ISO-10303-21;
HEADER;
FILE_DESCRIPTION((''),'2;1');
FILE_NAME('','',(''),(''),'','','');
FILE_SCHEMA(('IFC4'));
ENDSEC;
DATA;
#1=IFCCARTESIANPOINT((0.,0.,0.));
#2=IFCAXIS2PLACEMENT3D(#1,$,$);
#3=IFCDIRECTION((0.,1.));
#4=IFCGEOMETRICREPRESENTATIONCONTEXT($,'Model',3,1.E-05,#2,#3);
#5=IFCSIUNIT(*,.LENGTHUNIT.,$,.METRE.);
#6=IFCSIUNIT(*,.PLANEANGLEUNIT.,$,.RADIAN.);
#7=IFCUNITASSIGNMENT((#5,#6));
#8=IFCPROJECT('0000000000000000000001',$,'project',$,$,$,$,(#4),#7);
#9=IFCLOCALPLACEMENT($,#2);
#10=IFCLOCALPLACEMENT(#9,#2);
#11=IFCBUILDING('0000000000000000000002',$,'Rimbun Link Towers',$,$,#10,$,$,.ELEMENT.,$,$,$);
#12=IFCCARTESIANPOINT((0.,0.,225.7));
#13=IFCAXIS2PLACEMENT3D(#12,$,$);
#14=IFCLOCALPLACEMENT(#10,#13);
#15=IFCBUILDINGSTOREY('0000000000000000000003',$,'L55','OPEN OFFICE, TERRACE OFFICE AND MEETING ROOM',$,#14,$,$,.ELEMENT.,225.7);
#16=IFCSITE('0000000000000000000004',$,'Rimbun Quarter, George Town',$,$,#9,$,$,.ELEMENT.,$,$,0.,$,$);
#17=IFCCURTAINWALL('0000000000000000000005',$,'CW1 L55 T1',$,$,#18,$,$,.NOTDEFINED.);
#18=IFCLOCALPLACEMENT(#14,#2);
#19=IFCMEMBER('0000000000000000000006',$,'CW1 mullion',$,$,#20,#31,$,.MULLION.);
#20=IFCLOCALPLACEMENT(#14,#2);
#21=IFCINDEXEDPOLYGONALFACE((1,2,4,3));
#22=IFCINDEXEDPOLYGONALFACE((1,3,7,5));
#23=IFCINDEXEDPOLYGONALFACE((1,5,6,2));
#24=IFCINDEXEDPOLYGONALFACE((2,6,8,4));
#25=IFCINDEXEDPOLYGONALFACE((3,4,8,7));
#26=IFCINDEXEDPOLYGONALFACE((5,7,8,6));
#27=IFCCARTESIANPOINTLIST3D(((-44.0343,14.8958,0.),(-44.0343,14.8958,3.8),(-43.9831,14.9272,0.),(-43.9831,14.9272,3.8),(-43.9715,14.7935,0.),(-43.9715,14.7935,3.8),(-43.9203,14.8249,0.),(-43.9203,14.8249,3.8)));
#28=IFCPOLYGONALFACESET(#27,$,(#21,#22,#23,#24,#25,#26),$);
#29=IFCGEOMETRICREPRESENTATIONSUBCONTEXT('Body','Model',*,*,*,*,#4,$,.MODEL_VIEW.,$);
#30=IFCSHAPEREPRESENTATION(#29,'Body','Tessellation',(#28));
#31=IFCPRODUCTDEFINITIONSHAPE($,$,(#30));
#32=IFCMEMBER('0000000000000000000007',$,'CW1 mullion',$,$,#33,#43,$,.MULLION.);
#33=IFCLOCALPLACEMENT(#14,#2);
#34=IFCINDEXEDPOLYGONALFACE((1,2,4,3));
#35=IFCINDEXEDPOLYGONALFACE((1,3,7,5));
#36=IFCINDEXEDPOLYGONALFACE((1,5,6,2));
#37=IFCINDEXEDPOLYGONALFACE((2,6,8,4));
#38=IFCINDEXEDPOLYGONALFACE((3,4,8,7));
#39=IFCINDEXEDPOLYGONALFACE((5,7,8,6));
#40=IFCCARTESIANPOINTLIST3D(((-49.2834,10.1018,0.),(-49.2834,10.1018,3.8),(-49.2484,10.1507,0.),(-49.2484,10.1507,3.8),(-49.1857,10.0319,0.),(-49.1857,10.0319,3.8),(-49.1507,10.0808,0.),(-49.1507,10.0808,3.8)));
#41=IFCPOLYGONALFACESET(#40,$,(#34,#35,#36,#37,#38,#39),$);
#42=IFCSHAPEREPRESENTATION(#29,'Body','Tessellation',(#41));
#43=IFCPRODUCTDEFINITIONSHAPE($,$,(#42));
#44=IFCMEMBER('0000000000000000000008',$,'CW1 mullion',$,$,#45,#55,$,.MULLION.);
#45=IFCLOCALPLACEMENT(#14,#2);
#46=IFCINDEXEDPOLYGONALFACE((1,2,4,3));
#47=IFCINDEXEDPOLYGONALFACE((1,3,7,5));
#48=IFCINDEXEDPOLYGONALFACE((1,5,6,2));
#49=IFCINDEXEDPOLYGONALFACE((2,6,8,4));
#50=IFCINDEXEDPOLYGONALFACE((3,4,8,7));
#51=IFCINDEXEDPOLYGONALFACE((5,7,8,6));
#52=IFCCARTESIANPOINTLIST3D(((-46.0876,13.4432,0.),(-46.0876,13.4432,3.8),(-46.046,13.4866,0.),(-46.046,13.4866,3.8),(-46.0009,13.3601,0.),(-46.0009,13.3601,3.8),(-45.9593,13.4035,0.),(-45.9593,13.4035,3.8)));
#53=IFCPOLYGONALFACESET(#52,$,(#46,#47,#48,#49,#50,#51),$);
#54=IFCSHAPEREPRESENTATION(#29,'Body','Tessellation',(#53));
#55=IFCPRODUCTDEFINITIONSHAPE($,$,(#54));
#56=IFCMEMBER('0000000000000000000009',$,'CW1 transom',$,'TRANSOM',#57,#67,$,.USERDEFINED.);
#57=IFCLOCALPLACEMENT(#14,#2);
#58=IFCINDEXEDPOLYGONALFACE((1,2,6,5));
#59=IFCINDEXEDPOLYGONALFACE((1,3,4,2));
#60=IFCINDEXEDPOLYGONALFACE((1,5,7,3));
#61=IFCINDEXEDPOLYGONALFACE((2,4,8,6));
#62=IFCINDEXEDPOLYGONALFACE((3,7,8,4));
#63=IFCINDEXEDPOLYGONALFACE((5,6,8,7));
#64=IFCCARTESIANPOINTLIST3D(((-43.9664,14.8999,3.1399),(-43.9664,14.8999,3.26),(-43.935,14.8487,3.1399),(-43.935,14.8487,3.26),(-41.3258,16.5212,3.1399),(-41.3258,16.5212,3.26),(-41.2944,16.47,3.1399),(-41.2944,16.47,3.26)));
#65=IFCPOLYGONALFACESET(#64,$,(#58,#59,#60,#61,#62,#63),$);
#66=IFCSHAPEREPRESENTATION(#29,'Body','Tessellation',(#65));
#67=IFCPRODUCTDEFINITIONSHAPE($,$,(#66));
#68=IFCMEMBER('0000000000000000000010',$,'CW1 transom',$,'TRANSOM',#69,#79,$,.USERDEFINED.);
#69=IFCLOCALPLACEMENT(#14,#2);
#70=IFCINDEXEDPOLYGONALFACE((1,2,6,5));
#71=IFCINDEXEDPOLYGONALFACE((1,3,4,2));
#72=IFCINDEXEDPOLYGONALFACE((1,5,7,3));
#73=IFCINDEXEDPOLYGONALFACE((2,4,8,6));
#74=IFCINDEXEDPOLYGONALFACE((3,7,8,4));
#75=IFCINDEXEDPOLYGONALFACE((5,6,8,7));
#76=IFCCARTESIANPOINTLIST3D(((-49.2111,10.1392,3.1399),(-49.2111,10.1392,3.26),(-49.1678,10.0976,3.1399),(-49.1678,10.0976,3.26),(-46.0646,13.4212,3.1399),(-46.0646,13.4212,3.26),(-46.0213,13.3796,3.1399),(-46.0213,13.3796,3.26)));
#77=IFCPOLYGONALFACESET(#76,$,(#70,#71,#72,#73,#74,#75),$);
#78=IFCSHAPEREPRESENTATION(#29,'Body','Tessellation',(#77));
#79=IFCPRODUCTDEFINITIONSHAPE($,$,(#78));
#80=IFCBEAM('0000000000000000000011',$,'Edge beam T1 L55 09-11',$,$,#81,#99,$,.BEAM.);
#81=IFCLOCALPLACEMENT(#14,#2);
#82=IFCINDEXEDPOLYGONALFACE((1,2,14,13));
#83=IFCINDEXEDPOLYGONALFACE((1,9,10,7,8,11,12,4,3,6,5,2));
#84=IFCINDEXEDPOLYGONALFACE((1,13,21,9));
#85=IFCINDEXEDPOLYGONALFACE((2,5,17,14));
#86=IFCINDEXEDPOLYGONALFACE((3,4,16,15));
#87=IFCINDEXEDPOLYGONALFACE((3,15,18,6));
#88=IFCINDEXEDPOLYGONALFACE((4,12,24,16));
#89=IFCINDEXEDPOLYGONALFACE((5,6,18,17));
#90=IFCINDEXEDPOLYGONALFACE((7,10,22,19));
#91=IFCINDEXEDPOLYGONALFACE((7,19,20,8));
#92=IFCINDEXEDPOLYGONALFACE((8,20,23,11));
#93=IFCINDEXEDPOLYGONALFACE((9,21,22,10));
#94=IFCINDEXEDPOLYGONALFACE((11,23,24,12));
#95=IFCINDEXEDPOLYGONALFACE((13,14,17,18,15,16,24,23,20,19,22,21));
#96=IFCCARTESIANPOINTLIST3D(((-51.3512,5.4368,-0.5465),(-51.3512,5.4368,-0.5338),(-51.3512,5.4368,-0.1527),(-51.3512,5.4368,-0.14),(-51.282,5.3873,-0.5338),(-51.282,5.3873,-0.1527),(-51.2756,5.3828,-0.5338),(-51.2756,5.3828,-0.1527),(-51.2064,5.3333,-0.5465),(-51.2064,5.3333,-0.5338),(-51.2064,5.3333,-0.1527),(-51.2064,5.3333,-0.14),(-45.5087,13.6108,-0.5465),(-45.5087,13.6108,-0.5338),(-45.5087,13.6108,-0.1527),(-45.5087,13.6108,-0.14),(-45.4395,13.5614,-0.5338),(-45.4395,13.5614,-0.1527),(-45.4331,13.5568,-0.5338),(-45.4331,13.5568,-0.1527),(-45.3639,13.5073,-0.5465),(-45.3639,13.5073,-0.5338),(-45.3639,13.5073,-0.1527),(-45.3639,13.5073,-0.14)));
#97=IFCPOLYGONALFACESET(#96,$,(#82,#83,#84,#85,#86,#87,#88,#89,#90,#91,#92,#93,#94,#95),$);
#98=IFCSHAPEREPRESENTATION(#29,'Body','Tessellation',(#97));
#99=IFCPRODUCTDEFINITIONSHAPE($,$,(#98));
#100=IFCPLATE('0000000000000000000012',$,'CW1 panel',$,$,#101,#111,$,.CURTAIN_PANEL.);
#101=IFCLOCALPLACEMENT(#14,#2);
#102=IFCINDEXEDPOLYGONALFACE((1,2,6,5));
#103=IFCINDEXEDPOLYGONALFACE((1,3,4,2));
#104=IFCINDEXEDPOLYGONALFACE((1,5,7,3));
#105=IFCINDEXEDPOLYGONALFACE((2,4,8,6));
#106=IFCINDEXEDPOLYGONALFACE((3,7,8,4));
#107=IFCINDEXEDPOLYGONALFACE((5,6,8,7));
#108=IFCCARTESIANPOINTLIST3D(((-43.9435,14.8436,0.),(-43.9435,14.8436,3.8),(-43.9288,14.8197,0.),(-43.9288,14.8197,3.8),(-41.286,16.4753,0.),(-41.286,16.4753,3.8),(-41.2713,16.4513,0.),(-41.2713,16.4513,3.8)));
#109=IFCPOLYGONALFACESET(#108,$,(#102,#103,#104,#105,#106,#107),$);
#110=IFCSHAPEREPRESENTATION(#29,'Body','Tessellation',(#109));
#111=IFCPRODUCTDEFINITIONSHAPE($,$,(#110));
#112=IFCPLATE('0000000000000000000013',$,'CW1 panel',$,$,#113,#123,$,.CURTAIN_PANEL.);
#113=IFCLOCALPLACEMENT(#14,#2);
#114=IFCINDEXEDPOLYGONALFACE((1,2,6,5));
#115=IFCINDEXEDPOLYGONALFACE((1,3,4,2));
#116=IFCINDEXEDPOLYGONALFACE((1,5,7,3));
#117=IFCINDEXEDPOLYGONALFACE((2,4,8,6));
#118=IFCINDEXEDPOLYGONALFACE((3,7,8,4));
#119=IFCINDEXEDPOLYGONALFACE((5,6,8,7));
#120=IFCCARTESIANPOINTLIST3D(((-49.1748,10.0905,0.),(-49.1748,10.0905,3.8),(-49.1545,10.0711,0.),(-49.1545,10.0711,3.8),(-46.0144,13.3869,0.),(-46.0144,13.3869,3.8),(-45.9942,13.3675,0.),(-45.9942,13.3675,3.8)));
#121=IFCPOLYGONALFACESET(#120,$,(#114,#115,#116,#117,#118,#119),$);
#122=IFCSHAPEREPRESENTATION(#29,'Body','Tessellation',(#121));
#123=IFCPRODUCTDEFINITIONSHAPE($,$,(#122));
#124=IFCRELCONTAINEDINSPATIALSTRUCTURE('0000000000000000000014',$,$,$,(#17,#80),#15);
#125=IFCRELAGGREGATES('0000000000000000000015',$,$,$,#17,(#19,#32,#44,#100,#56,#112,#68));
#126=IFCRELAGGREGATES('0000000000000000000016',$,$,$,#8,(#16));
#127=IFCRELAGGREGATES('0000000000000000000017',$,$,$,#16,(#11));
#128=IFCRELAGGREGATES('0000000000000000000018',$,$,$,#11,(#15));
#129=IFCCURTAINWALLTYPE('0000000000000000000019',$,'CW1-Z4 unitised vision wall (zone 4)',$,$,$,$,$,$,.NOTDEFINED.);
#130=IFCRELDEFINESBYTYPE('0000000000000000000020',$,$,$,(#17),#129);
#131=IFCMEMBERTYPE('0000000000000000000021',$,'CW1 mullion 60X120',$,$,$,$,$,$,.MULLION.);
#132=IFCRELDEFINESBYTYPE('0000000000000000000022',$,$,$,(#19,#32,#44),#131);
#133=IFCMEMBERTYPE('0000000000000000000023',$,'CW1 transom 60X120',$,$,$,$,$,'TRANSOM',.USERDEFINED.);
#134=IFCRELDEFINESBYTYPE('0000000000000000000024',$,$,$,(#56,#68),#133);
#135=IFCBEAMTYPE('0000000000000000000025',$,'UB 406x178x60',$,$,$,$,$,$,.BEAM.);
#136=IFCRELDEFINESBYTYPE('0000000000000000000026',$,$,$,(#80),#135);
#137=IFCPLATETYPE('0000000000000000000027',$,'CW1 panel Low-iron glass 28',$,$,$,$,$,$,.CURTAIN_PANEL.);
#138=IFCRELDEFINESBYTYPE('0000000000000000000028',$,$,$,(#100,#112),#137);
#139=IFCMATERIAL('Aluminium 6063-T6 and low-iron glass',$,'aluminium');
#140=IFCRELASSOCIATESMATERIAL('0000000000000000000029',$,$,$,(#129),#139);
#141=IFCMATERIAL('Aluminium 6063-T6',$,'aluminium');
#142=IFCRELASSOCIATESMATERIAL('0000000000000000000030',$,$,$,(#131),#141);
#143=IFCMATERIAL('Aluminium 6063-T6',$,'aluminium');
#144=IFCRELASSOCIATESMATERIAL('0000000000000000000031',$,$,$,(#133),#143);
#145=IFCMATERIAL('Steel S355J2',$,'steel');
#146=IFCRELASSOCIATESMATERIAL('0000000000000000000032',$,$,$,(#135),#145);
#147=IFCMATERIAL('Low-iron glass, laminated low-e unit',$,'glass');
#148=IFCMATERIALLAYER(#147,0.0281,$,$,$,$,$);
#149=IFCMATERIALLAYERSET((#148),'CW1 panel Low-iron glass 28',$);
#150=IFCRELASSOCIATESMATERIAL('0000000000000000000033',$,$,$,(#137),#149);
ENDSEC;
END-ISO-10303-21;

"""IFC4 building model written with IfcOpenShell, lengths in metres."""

from ifc_helpers import new_model, si_unit, direction, frame, origin, origin_2d, place, context, subcontext, project, spatial, rectangle, i_section, extrude, material, layer, layer_set, material_profile, profile_set, type_object, element, aggregate, save


model = new_model("IFC4")

# Units and contexts
model_context = context("Model", 3, precision=1e-05, world=origin(), true_north=direction((0.0, 1.0)))
body_context = subcontext(model_context, "Body", "Model", "MODEL_VIEW")
ifc_project = project(units=[si_unit("LENGTHUNIT", "METRE"), si_unit("PLANEANGLEUNIT", "RADIAN")], contexts=[model_context])

# Site, building, storey
site_placement = place(None, origin())
site = spatial("IfcSite", under=ifc_project, at=site_placement, Name="Rimbun Quarter, George Town", CompositionType="ELEMENT", RefElevation=0.0)
building_placement = place(site_placement, origin())
building = spatial("IfcBuilding", under=site, at=building_placement, Name="Rimbun Link Towers", CompositionType="ELEMENT")
storey_placement = place(building_placement, frame((0.0, 0.0, 225.7)))
storey = spatial("IfcBuildingStorey", under=building, at=storey_placement, Name="L55", Description="OPEN OFFICE, TERRACE OFFICE AND MEETING ROOM", CompositionType="ELEMENT", Elevation=225.7)

# Curtain wall, members
ifc_material_1 = material(Name="Aluminium 6063-T6 and low-iron glass", Category="aluminium")
curtain_wall_type = type_object("IfcCurtainWallType", Name="CW1-Z4 unitised vision wall (zone 4)", PredefinedType="NOTDEFINED", material=ifc_material_1)
curtain_wall_placement = place(storey_placement, origin())
curtain_wall = element("IfcCurtainWall", 1, at=curtain_wall_placement, inside=storey, type_object=curtain_wall_type, Name="CW1 L55 T1", PredefinedType="NOTDEFINED")
ifc_material_2 = material(Name="Aluminium 6063-T6", Category="aluminium")
ifc_material_profile_1 = material_profile(ifc_material_2, rectangle(XDim=0.1201, YDim=0.0601, at=origin_2d()), Name="MULLION 60X120")
ifc_profile_set_1 = profile_set([ifc_material_profile_1], Name="Aluminium 6063-T6")
member_type_1 = type_object("IfcMemberType", Name="CW1 mullion 60X120", PredefinedType="MULLION", material=ifc_profile_set_1)
member_1_placement = place(storey_placement, frame((-43.9773, 14.8604, 0.0), z_axis=(0.0, 0.0, 1.0), x_axis=(-0.523237, 0.852187, 0.0)))
member_1 = element("IfcMember", 2, at=member_1_placement, type_object=member_type_1, Name="CW1 mullion", PredefinedType="MULLION", context=body_context, shape_type="SweptSolid", body=[
    extrude(rectangle(XDim=0.1201, YDim=0.0601, at=origin_2d()), origin(), (0.0, 0.0, 1.0), 3.8),
])
member_2_placement = place(storey_placement, frame((-49.217, 10.0913, 0.0), z_axis=(0.0, 0.0, 1.0), x_axis=(-0.813354, 0.58177, 0.0)))
member_2 = element("IfcMember", 3, at=member_2_placement, type_object=member_type_1, Name="CW1 mullion", PredefinedType="MULLION", context=body_context, shape_type="SweptSolid", body=[
    extrude(rectangle(XDim=0.1201, YDim=0.0601, at=origin_2d()), origin(), (0.0, 0.0, 1.0), 3.8),
])
member_3_placement = place(storey_placement, frame((-46.0234, 13.4233, 0.0), z_axis=(0.0, 0.0, 1.0), x_axis=(-0.721853, 0.692046, 0.0)))
member_3 = element("IfcMember", 4, at=member_3_placement, type_object=member_type_1, Name="CW1 mullion", PredefinedType="MULLION", context=body_context, shape_type="SweptSolid", body=[
    extrude(rectangle(XDim=0.1201, YDim=0.0601, at=origin_2d()), origin(), (0.0, 0.0, 1.0), 3.8),
])
ifc_material_3 = material(Name="Aluminium 6063-T6", Category="aluminium")
ifc_material_profile_2 = material_profile(ifc_material_3, rectangle(XDim=0.0601, YDim=0.1201, at=origin_2d()), Name="TRANSOM 60X120")
ifc_profile_set_2 = profile_set([ifc_material_profile_2], Name="Aluminium 6063-T6")
member_type_2 = type_object("IfcMemberType", Name="CW1 transom 60X120", ElementType="TRANSOM", PredefinedType="USERDEFINED", material=ifc_profile_set_2)
member_4_placement = place(storey_placement, frame((-43.9507, 14.8743, 3.2), z_axis=(0.852185, 0.52324, 0.0), x_axis=(-0.52324, 0.852185, 0.0)))
member_4 = element("IfcMember", 5, at=member_4_placement, type_object=member_type_2, Name="CW1 transom", ObjectType="TRANSOM", PredefinedType="USERDEFINED", context=body_context, shape_type="SweptSolid", body=[
    extrude(rectangle(XDim=0.0601, YDim=0.1201, at=origin_2d()), origin(), (0.0, 0.0, 1.0), 3.0986),
])
member_5_placement = place(storey_placement, frame((-49.1895, 10.1184, 3.2), z_axis=(0.692049, 0.721851, 0.0), x_axis=(-0.721851, 0.692049, 0.0)))
member_5 = element("IfcMember", 6, at=member_5_placement, type_object=member_type_2, Name="CW1 transom", ObjectType="TRANSOM", PredefinedType="USERDEFINED", context=body_context, shape_type="SweptSolid", body=[
    extrude(rectangle(XDim=0.0601, YDim=0.1201, at=origin_2d()), origin(), (0.0, 0.0, 1.0), 4.5466),
])

# Beam
ifc_material_4 = material(Name="Steel S355J2", Category="steel")
ifc_material_profile_3 = material_profile(ifc_material_4, i_section(OverallWidth=0.178, OverallDepth=0.4065, WebThickness=0.0078, FlangeThickness=0.0127, at=origin_2d()), Name="UB 406x178x60")
ifc_profile_set_3 = profile_set([ifc_material_profile_3], Name="Steel S355J2")
beam_type = type_object("IfcBeamType", Name="UB 406x178x60", PredefinedType="BEAM", material=ifc_profile_set_3)
beam_placement = place(storey_placement, frame((-45.4363, 13.5591, -0.3433), z_axis=(-0.581496, -0.81355, 0.0), x_axis=(0.81355, -0.581496, 0.0)))
element("IfcBeam", 7, at=beam_placement, inside=storey, type_object=beam_type, Name="Edge beam T1 L55 09-11", PredefinedType="BEAM", context=body_context, shape_type="SweptSolid", body=[
    extrude(i_section(OverallWidth=0.178, OverallDepth=0.4065, WebThickness=0.0078, FlangeThickness=0.0127, at=origin_2d()), origin(), (0.0, 0.0, 1.0), 10.0474),
])

# Plates
ifc_material_5 = material(Name="Low-iron glass, laminated low-e unit", Category="glass")
ifc_layer_1 = layer(ifc_material_5, 0.0281)
ifc_layer_set_1 = layer_set([ifc_layer_1], Name="CW1 panel Low-iron glass 28")
plate_type = type_object("IfcPlateType", Name="CW1 panel Low-iron glass 28", PredefinedType="CURTAIN_PANEL", material=ifc_layer_set_1)
plate_1_placement = place(storey_placement, frame((-42.6074, 15.6475, 0.0), z_axis=(0.0, 0.0, 1.0), x_axis=(0.852187, 0.523237, 0.0)))
plate_1 = element("IfcPlate", 8, at=plate_1_placement, type_object=plate_type, Name="CW1 panel", PredefinedType="CURTAIN_PANEL", context=body_context, shape_type="SweptSolid", body=[
    extrude(rectangle(XDim=3.1184, YDim=0.0281, at=origin_2d()), origin(), (0.0, 0.0, 1.0), 3.8),
])
plate_2_placement = place(storey_placement, frame((-47.5845, 11.729, 0.0), z_axis=(0.0, 0.0, 1.0), x_axis=(0.692046, 0.721853, 0.0)))
plate_2 = element("IfcPlate", 9, at=plate_2_placement, type_object=plate_type, Name="CW1 panel", PredefinedType="CURTAIN_PANEL", context=body_context, shape_type="SweptSolid", body=[
    extrude(rectangle(XDim=4.5667, YDim=0.0281, at=origin_2d()), origin(), (0.0, 0.0, 1.0), 3.8),
])
aggregate(curtain_wall, [member_1, member_2, member_3, plate_1, member_4, plate_2, member_5])

save(model, "model.ifc")
